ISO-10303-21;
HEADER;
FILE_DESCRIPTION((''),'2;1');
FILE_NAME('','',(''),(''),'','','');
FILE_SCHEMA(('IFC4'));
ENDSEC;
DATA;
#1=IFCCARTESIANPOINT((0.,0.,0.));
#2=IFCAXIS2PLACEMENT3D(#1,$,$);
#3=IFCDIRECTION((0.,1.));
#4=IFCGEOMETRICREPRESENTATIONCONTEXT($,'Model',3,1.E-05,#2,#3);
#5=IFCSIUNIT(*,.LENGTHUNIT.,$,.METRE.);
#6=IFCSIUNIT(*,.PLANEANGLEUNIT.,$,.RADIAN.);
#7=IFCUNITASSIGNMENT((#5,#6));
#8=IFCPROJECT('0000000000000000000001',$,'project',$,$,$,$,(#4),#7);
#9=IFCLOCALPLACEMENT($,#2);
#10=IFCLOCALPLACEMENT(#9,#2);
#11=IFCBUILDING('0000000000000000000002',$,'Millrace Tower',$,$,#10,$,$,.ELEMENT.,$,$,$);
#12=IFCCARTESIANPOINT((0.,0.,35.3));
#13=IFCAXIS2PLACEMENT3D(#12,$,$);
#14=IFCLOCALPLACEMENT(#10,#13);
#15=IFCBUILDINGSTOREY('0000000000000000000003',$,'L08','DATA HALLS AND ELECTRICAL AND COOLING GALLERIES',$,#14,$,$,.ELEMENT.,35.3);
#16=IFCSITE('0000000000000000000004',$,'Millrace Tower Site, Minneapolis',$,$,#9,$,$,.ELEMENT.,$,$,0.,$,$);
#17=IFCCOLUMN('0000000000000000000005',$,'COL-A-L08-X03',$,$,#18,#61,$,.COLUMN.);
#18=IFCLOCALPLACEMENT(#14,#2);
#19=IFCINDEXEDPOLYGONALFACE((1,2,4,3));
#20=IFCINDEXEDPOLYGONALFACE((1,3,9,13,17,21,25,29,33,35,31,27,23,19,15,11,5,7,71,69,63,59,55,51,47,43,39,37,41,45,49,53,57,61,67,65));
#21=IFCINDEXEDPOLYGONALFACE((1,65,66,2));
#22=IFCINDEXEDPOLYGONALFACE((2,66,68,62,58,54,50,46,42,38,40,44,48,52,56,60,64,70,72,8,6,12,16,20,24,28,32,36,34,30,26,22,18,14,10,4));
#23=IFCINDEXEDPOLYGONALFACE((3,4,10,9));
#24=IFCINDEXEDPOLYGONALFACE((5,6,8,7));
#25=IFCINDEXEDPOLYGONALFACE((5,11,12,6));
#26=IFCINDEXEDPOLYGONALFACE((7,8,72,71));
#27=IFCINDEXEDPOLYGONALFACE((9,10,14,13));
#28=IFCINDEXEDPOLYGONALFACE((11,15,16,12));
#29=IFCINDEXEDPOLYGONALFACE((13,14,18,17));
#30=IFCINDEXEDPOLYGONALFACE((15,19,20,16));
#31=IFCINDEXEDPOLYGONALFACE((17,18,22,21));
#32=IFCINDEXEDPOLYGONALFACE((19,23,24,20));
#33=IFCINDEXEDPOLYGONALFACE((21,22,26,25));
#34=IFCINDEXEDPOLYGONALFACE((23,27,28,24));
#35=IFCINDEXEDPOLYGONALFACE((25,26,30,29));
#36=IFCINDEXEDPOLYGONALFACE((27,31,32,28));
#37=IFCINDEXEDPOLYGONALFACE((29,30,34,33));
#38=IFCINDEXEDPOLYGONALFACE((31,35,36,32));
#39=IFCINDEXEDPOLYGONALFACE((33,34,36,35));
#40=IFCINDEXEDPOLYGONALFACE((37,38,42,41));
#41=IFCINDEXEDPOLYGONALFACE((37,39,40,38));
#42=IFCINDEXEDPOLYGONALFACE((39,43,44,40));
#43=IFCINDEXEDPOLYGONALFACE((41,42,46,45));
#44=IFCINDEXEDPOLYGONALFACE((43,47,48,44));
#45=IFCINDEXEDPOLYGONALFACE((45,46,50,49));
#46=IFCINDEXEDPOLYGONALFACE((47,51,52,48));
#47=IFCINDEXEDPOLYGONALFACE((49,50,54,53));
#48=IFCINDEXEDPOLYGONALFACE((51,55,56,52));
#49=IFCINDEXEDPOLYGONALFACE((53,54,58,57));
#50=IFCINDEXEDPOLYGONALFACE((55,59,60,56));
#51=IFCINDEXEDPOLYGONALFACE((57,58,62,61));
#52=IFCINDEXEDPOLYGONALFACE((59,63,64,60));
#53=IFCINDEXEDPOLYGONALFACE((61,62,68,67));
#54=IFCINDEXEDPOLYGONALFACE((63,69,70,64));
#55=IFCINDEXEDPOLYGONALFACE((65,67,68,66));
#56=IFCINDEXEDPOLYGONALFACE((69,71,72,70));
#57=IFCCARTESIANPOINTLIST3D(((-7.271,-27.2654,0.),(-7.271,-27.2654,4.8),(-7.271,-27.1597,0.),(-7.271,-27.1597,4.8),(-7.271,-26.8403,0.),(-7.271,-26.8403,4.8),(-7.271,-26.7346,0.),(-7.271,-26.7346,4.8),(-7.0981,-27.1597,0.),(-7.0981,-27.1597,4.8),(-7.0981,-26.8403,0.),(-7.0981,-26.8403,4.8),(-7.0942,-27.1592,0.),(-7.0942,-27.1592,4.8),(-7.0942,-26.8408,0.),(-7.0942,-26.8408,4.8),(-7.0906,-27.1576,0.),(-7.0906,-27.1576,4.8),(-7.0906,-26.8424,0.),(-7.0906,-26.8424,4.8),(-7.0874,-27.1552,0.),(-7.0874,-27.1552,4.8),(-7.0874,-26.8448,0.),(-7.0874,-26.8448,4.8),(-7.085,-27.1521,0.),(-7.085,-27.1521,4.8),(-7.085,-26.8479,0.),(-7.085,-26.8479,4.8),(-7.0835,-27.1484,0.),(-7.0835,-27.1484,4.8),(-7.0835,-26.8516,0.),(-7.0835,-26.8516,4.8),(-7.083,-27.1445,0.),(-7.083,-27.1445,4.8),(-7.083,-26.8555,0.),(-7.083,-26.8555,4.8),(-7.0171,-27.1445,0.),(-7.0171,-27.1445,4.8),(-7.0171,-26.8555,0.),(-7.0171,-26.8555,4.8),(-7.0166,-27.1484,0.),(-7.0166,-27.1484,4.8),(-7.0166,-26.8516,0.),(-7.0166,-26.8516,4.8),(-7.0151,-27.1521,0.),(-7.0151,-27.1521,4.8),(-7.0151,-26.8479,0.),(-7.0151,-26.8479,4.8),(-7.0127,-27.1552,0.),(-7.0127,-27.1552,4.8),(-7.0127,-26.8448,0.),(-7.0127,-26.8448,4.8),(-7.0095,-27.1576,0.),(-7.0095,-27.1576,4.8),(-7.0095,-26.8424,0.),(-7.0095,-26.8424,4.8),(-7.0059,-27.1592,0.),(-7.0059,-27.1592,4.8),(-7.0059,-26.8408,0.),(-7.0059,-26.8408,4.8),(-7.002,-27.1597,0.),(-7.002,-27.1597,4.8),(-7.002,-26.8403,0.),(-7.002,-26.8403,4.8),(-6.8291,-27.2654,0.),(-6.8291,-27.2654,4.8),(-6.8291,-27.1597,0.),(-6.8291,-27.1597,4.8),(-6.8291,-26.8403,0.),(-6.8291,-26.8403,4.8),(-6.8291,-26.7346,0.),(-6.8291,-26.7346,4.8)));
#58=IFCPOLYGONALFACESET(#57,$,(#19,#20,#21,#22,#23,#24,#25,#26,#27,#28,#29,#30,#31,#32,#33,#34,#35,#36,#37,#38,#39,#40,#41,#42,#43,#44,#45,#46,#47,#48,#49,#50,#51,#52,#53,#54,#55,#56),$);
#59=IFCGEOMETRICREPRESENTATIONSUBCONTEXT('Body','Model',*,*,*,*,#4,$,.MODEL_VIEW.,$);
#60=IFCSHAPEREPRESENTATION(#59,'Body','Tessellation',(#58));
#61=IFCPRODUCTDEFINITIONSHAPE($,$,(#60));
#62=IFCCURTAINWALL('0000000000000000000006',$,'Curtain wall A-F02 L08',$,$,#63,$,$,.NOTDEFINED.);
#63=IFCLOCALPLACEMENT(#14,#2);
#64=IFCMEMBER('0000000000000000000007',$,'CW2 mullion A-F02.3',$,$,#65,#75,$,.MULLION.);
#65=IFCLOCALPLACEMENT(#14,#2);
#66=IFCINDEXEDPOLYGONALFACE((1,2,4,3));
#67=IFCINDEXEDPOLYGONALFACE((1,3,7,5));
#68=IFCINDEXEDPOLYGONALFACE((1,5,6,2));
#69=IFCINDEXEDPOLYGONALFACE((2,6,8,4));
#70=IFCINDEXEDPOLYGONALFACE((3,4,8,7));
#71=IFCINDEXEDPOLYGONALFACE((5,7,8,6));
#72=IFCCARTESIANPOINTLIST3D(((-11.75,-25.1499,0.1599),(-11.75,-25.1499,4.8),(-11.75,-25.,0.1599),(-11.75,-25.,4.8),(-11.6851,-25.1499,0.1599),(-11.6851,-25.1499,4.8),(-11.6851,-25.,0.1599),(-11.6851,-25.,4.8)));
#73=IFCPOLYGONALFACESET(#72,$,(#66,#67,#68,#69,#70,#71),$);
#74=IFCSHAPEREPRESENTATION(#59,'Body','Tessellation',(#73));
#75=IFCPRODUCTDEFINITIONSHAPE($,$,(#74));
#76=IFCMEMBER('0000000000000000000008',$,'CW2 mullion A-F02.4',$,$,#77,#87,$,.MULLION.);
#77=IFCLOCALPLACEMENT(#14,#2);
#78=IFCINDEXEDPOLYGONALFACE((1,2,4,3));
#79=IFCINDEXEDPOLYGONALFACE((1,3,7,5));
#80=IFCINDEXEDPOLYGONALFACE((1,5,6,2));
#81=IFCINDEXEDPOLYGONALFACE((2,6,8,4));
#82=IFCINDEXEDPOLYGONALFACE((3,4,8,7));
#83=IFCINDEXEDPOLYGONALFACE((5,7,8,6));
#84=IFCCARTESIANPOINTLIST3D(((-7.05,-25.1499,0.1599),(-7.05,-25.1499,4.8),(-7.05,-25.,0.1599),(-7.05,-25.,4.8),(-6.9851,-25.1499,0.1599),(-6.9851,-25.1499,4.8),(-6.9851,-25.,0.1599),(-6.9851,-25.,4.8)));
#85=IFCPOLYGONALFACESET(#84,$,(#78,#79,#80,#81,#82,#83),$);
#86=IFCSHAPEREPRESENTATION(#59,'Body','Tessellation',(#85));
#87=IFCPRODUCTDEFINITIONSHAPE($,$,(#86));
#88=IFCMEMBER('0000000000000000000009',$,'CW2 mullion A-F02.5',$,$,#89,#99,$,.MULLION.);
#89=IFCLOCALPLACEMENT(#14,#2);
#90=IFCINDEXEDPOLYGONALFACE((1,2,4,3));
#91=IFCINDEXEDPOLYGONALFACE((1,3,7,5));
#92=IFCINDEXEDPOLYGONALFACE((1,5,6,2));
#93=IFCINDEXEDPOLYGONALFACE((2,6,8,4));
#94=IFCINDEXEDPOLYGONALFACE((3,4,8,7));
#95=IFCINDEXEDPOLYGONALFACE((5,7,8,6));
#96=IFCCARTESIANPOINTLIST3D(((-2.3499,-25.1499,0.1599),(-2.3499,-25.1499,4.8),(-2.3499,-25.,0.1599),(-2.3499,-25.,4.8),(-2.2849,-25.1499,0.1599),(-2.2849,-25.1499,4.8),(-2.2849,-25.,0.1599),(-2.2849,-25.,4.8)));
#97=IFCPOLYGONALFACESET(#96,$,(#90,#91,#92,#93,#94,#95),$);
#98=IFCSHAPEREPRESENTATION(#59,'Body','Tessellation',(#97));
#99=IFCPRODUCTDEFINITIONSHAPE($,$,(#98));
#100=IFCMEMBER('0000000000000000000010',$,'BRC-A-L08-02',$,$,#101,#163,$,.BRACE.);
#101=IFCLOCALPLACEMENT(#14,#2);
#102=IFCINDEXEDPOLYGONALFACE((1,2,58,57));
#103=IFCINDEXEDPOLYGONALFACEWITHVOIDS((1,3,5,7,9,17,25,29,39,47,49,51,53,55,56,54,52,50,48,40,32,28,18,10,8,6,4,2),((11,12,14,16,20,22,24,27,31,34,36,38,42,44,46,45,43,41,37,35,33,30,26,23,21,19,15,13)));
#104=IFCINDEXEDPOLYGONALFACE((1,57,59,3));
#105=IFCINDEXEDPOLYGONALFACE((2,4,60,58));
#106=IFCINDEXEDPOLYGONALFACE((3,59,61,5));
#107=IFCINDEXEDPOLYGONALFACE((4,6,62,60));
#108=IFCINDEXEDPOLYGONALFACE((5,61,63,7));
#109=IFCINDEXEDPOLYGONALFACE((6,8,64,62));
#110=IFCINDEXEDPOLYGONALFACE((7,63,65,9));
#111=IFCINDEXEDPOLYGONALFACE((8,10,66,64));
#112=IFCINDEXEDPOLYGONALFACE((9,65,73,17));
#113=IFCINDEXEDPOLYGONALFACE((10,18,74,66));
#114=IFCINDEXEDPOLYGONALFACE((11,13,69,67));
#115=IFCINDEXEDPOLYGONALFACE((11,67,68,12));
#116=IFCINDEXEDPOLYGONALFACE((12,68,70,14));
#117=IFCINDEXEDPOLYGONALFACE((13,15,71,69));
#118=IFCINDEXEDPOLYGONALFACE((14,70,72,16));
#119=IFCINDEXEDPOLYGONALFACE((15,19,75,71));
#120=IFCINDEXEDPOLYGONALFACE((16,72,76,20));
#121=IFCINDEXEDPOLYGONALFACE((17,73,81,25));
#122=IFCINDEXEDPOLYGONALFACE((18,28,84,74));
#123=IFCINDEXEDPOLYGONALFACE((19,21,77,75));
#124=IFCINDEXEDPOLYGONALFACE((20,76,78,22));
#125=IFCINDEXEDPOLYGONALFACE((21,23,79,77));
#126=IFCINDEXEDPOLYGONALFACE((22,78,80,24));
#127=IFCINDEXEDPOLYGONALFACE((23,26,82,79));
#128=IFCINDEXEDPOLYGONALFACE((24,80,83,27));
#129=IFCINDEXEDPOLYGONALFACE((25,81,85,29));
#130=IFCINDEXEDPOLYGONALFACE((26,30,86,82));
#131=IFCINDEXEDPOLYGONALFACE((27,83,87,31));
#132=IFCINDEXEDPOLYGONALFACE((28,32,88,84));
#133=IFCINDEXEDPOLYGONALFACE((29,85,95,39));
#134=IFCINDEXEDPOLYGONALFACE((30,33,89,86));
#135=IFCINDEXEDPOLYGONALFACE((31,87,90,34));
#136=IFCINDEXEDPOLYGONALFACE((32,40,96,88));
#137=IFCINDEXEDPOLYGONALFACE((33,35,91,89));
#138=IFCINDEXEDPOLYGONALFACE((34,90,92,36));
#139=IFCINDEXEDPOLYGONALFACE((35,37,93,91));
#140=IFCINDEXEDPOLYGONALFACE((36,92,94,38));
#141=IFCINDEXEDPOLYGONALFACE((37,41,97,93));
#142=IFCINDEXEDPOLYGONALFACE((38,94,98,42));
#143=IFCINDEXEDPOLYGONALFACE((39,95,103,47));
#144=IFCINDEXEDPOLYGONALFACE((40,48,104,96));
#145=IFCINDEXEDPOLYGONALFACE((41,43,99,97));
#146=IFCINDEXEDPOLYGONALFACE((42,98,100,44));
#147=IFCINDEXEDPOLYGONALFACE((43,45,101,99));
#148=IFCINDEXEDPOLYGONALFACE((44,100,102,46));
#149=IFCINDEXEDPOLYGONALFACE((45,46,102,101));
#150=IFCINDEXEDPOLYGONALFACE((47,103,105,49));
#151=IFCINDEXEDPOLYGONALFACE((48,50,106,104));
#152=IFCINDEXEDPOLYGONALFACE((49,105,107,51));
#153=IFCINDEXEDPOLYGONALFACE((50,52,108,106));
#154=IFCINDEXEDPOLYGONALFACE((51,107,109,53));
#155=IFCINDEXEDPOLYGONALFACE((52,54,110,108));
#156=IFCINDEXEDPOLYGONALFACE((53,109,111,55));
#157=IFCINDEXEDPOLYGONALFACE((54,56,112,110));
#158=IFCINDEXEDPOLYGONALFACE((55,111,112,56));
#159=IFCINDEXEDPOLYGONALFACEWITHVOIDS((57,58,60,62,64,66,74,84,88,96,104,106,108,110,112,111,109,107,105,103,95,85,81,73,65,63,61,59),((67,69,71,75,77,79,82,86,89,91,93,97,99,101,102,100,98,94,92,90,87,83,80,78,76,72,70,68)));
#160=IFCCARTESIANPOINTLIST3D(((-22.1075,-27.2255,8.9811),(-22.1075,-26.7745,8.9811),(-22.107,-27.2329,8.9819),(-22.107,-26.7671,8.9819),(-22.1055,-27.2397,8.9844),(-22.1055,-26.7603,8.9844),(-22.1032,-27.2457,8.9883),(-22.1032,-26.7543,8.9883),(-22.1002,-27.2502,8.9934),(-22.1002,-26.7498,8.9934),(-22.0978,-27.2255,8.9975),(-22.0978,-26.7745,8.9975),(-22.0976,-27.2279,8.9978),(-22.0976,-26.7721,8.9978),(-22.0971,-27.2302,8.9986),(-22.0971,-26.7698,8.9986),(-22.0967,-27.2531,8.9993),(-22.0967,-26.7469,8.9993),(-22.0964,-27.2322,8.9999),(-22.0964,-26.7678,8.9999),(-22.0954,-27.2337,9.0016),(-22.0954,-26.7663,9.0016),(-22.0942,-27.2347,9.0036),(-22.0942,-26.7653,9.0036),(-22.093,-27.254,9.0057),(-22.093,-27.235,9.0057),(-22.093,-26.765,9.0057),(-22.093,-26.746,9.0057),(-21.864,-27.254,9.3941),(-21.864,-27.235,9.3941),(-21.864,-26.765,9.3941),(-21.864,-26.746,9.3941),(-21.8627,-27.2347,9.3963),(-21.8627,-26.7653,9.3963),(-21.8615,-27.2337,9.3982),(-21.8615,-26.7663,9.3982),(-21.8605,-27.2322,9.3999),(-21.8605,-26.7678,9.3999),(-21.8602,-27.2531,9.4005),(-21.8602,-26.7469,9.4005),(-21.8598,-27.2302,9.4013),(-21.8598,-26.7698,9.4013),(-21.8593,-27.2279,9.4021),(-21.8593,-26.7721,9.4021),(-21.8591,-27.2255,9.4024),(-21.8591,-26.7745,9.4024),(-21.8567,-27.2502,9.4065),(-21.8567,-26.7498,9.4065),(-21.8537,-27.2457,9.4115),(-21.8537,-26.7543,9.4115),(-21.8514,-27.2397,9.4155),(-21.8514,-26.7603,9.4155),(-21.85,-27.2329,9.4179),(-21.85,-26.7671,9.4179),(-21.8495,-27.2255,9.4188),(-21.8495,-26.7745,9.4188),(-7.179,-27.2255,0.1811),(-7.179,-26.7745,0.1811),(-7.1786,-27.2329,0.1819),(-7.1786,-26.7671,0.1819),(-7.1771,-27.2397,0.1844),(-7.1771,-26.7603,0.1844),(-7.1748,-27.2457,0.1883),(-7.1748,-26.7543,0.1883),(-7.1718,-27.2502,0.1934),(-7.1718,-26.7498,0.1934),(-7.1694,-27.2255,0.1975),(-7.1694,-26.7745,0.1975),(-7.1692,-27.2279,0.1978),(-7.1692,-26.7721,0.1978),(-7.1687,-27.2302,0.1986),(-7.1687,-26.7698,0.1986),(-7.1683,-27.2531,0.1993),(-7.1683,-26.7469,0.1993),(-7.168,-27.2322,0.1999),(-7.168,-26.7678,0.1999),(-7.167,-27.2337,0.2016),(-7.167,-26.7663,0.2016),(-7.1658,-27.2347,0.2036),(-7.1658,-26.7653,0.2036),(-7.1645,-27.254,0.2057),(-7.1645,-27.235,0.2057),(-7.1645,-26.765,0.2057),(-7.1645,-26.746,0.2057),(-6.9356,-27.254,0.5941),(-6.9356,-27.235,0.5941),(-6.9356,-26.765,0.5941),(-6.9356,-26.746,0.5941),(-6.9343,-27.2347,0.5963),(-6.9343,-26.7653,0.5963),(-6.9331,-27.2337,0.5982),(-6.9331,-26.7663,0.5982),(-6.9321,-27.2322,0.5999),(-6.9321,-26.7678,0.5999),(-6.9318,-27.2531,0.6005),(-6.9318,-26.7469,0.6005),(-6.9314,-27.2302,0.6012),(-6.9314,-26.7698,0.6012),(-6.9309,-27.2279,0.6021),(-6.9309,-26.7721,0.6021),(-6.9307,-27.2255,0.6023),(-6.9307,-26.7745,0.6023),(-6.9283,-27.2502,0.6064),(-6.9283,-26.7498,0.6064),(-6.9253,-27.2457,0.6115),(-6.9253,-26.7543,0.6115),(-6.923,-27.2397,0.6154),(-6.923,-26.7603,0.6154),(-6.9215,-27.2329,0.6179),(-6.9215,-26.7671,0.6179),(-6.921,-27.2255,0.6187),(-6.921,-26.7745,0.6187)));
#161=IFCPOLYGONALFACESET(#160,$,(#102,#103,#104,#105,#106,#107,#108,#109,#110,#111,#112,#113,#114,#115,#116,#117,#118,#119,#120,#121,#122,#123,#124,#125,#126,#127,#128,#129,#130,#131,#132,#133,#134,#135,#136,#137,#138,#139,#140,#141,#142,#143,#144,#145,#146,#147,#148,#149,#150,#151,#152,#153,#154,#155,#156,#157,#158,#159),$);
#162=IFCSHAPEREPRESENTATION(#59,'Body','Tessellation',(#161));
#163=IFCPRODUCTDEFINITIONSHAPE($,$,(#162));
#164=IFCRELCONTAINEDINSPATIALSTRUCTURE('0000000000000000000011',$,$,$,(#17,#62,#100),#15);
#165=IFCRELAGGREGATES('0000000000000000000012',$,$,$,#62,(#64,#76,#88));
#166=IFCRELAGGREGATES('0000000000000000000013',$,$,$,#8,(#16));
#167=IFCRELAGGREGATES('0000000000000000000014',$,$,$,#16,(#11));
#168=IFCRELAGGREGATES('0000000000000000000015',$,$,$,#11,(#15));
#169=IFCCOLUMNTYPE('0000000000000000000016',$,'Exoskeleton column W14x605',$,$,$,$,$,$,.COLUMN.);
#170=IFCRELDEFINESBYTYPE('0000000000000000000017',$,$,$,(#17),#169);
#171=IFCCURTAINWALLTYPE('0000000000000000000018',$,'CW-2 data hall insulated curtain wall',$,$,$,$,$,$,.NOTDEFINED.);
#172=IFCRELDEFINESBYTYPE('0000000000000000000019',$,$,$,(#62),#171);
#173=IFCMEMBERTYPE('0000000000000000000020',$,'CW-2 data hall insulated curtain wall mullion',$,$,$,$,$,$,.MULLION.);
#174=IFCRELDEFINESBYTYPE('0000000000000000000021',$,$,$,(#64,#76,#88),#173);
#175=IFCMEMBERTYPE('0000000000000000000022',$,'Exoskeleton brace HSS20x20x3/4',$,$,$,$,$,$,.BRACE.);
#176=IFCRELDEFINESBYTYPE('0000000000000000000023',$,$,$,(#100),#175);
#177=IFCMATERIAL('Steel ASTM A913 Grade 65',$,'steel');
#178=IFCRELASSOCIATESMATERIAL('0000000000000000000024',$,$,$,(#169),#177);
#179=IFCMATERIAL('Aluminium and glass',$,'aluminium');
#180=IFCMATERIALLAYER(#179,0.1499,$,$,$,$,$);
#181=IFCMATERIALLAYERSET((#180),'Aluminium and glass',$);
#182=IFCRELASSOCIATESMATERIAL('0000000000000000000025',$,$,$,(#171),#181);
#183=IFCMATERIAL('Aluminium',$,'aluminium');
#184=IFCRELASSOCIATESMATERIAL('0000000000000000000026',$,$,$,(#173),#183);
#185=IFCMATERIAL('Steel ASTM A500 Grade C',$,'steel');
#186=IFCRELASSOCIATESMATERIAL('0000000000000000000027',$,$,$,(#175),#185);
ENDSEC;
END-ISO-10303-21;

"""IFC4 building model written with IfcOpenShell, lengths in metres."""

from ifc_helpers import new_model, si_unit, direction, frame, origin, origin_2d, place, context, subcontext, project, spatial, rectangle, hollow_rectangle, i_section, extrude, material, layer, layer_set, material_profile, profile_set, type_object, element, aggregate, save


model = new_model("IFC4")

# Units and contexts
model_context = context("Model", 3, precision=1e-05, world=origin(), true_north=direction((0.0, 1.0)))
body_context = subcontext(model_context, "Body", "Model", "MODEL_VIEW")
ifc_project = project(units=[si_unit("LENGTHUNIT", "METRE"), si_unit("PLANEANGLEUNIT", "RADIAN")], contexts=[model_context])

# Site, building, storey
site_placement = place(None, origin())
site = spatial("IfcSite", under=ifc_project, at=site_placement, Name="Millrace Tower Site, Minneapolis", CompositionType="ELEMENT", RefElevation=0.0)
building_placement = place(site_placement, origin())
building = spatial("IfcBuilding", under=site, at=building_placement, Name="Millrace Tower", CompositionType="ELEMENT")
storey_placement = place(building_placement, frame((0.0, 0.0, 35.3)))
storey = spatial("IfcBuildingStorey", under=building, at=storey_placement, Name="L08", Description="DATA HALLS AND ELECTRICAL AND COOLING GALLERIES", CompositionType="ELEMENT", Elevation=35.3)

# Column
ifc_material_1 = material(Name="Steel ASTM A913 Grade 65", Category="steel")
ifc_material_profile_1 = material_profile(ifc_material_1, i_section(OverallWidth=0.4419, OverallDepth=0.5308, WebThickness=0.0659, FlangeThickness=0.1057, FilletRadius=0.0151, at=origin_2d()))
ifc_profile_set_1 = profile_set([ifc_material_profile_1], Name="Steel ASTM A913 Grade 65")
column_type = type_object("IfcColumnType", Name="Exoskeleton column W14x605", PredefinedType="COLUMN", material=ifc_profile_set_1)
column_placement = place(storey_placement, frame((-7.05, -27.0, 0.0), z_axis=(0.0, 0.0, 1.0), x_axis=(1.0, 0.0, 0.0)))
element("IfcColumn", 1, at=column_placement, inside=storey, type_object=column_type, Name="COL-A-L08-X03", PredefinedType="COLUMN", context=body_context, shape_type="SweptSolid", body=[
    extrude(i_section(OverallWidth=0.4419, OverallDepth=0.5308, WebThickness=0.0659, FlangeThickness=0.1057, FilletRadius=0.0151, at=origin_2d()), origin(), (0.0, 0.0, 1.0), 4.8),
])

# Curtain wall, members
ifc_material_2 = material(Name="Aluminium and glass", Category="aluminium")
ifc_layer_1 = layer(ifc_material_2, 0.1499)
ifc_layer_set_1 = layer_set([ifc_layer_1], Name="Aluminium and glass")
curtain_wall_type = type_object("IfcCurtainWallType", Name="CW-2 data hall insulated curtain wall", PredefinedType="NOTDEFINED", material=ifc_layer_set_1)
curtain_wall_placement = place(storey_placement, origin())
curtain_wall = element("IfcCurtainWall", 2, at=curtain_wall_placement, inside=storey, type_object=curtain_wall_type, Name="Curtain wall A-F02 L08", PredefinedType="NOTDEFINED")
ifc_material_3 = material(Name="Aluminium", Category="aluminium")
ifc_material_profile_2 = material_profile(ifc_material_3, rectangle(XDim=0.0649, YDim=0.1499, at=origin_2d()))
ifc_profile_set_2 = profile_set([ifc_material_profile_2], Name="Aluminium")
member_type_1 = type_object("IfcMemberType", Name="CW-2 data hall insulated curtain wall mullion", PredefinedType="MULLION", material=ifc_profile_set_2)
member_1_placement = place(storey_placement, frame((-11.7175, -25.075, 0.1599), z_axis=(0.0, 0.0, 1.0), x_axis=(1.0, 0.0, 0.0)))
member_1 = element("IfcMember", 3, at=member_1_placement, type_object=member_type_1, Name="CW2 mullion A-F02.3", PredefinedType="MULLION", context=body_context, shape_type="SweptSolid", body=[
    extrude(rectangle(XDim=0.0649, YDim=0.1499, at=origin_2d()), origin(), (0.0, 0.0, 1.0), 4.6401),
])
member_2_placement = place(storey_placement, frame((-7.0176, -25.075, 0.1599), z_axis=(0.0, 0.0, 1.0), x_axis=(1.0, 0.0, 0.0)))
member_2 = element("IfcMember", 4, at=member_2_placement, type_object=member_type_1, Name="CW2 mullion A-F02.4", PredefinedType="MULLION", context=body_context, shape_type="SweptSolid", body=[
    extrude(rectangle(XDim=0.0649, YDim=0.1499, at=origin_2d()), origin(), (0.0, 0.0, 1.0), 4.6401),
])
member_3_placement = place(storey_placement, frame((-2.3174, -25.075, 0.1599), z_axis=(0.0, 0.0, 1.0), x_axis=(1.0, 0.0, 0.0)))
member_3 = element("IfcMember", 5, at=member_3_placement, type_object=member_type_1, Name="CW2 mullion A-F02.5", PredefinedType="MULLION", context=body_context, shape_type="SweptSolid", body=[
    extrude(rectangle(XDim=0.0649, YDim=0.1499, at=origin_2d()), origin(), (0.0, 0.0, 1.0), 4.6401),
])
aggregate(curtain_wall, [member_1, member_2, member_3])

# Member
ifc_material_4 = material(Name="Steel ASTM A500 Grade C", Category="steel")
ifc_material_profile_3 = material_profile(ifc_material_4, hollow_rectangle(XDim=0.5081, YDim=0.5081, WallThickness=0.019, InnerFilletRadius=0.0095, OuterFilletRadius=0.0286, at=origin_2d()))
ifc_profile_set_3 = profile_set([ifc_material_profile_3], Name="Steel ASTM A500 Grade C")
member_type_2 = type_object("IfcMemberType", Name="Exoskeleton brace HSS20x20x3/4", PredefinedType="BRACE", material=ifc_profile_set_3)
member_4_placement = place(storey_placement, frame((-7.05, -27.0, 0.3999), z_axis=(-0.861465, 0.0, 0.507817), x_axis=(0.0, -1.0, 0.0)))
element("IfcMember", 6, at=member_4_placement, inside=storey, type_object=member_type_2, Name="BRC-A-L08-02", PredefinedType="BRACE", context=body_context, shape_type="SweptSolid", body=[
    extrude(hollow_rectangle(XDim=0.5081, YDim=0.5081, WallThickness=0.019, InnerFilletRadius=0.0095, OuterFilletRadius=0.0286, at=origin_2d()), origin(), (0.0, 0.0, 1.0), 17.3291),
])

save(model, "model.ifc")
